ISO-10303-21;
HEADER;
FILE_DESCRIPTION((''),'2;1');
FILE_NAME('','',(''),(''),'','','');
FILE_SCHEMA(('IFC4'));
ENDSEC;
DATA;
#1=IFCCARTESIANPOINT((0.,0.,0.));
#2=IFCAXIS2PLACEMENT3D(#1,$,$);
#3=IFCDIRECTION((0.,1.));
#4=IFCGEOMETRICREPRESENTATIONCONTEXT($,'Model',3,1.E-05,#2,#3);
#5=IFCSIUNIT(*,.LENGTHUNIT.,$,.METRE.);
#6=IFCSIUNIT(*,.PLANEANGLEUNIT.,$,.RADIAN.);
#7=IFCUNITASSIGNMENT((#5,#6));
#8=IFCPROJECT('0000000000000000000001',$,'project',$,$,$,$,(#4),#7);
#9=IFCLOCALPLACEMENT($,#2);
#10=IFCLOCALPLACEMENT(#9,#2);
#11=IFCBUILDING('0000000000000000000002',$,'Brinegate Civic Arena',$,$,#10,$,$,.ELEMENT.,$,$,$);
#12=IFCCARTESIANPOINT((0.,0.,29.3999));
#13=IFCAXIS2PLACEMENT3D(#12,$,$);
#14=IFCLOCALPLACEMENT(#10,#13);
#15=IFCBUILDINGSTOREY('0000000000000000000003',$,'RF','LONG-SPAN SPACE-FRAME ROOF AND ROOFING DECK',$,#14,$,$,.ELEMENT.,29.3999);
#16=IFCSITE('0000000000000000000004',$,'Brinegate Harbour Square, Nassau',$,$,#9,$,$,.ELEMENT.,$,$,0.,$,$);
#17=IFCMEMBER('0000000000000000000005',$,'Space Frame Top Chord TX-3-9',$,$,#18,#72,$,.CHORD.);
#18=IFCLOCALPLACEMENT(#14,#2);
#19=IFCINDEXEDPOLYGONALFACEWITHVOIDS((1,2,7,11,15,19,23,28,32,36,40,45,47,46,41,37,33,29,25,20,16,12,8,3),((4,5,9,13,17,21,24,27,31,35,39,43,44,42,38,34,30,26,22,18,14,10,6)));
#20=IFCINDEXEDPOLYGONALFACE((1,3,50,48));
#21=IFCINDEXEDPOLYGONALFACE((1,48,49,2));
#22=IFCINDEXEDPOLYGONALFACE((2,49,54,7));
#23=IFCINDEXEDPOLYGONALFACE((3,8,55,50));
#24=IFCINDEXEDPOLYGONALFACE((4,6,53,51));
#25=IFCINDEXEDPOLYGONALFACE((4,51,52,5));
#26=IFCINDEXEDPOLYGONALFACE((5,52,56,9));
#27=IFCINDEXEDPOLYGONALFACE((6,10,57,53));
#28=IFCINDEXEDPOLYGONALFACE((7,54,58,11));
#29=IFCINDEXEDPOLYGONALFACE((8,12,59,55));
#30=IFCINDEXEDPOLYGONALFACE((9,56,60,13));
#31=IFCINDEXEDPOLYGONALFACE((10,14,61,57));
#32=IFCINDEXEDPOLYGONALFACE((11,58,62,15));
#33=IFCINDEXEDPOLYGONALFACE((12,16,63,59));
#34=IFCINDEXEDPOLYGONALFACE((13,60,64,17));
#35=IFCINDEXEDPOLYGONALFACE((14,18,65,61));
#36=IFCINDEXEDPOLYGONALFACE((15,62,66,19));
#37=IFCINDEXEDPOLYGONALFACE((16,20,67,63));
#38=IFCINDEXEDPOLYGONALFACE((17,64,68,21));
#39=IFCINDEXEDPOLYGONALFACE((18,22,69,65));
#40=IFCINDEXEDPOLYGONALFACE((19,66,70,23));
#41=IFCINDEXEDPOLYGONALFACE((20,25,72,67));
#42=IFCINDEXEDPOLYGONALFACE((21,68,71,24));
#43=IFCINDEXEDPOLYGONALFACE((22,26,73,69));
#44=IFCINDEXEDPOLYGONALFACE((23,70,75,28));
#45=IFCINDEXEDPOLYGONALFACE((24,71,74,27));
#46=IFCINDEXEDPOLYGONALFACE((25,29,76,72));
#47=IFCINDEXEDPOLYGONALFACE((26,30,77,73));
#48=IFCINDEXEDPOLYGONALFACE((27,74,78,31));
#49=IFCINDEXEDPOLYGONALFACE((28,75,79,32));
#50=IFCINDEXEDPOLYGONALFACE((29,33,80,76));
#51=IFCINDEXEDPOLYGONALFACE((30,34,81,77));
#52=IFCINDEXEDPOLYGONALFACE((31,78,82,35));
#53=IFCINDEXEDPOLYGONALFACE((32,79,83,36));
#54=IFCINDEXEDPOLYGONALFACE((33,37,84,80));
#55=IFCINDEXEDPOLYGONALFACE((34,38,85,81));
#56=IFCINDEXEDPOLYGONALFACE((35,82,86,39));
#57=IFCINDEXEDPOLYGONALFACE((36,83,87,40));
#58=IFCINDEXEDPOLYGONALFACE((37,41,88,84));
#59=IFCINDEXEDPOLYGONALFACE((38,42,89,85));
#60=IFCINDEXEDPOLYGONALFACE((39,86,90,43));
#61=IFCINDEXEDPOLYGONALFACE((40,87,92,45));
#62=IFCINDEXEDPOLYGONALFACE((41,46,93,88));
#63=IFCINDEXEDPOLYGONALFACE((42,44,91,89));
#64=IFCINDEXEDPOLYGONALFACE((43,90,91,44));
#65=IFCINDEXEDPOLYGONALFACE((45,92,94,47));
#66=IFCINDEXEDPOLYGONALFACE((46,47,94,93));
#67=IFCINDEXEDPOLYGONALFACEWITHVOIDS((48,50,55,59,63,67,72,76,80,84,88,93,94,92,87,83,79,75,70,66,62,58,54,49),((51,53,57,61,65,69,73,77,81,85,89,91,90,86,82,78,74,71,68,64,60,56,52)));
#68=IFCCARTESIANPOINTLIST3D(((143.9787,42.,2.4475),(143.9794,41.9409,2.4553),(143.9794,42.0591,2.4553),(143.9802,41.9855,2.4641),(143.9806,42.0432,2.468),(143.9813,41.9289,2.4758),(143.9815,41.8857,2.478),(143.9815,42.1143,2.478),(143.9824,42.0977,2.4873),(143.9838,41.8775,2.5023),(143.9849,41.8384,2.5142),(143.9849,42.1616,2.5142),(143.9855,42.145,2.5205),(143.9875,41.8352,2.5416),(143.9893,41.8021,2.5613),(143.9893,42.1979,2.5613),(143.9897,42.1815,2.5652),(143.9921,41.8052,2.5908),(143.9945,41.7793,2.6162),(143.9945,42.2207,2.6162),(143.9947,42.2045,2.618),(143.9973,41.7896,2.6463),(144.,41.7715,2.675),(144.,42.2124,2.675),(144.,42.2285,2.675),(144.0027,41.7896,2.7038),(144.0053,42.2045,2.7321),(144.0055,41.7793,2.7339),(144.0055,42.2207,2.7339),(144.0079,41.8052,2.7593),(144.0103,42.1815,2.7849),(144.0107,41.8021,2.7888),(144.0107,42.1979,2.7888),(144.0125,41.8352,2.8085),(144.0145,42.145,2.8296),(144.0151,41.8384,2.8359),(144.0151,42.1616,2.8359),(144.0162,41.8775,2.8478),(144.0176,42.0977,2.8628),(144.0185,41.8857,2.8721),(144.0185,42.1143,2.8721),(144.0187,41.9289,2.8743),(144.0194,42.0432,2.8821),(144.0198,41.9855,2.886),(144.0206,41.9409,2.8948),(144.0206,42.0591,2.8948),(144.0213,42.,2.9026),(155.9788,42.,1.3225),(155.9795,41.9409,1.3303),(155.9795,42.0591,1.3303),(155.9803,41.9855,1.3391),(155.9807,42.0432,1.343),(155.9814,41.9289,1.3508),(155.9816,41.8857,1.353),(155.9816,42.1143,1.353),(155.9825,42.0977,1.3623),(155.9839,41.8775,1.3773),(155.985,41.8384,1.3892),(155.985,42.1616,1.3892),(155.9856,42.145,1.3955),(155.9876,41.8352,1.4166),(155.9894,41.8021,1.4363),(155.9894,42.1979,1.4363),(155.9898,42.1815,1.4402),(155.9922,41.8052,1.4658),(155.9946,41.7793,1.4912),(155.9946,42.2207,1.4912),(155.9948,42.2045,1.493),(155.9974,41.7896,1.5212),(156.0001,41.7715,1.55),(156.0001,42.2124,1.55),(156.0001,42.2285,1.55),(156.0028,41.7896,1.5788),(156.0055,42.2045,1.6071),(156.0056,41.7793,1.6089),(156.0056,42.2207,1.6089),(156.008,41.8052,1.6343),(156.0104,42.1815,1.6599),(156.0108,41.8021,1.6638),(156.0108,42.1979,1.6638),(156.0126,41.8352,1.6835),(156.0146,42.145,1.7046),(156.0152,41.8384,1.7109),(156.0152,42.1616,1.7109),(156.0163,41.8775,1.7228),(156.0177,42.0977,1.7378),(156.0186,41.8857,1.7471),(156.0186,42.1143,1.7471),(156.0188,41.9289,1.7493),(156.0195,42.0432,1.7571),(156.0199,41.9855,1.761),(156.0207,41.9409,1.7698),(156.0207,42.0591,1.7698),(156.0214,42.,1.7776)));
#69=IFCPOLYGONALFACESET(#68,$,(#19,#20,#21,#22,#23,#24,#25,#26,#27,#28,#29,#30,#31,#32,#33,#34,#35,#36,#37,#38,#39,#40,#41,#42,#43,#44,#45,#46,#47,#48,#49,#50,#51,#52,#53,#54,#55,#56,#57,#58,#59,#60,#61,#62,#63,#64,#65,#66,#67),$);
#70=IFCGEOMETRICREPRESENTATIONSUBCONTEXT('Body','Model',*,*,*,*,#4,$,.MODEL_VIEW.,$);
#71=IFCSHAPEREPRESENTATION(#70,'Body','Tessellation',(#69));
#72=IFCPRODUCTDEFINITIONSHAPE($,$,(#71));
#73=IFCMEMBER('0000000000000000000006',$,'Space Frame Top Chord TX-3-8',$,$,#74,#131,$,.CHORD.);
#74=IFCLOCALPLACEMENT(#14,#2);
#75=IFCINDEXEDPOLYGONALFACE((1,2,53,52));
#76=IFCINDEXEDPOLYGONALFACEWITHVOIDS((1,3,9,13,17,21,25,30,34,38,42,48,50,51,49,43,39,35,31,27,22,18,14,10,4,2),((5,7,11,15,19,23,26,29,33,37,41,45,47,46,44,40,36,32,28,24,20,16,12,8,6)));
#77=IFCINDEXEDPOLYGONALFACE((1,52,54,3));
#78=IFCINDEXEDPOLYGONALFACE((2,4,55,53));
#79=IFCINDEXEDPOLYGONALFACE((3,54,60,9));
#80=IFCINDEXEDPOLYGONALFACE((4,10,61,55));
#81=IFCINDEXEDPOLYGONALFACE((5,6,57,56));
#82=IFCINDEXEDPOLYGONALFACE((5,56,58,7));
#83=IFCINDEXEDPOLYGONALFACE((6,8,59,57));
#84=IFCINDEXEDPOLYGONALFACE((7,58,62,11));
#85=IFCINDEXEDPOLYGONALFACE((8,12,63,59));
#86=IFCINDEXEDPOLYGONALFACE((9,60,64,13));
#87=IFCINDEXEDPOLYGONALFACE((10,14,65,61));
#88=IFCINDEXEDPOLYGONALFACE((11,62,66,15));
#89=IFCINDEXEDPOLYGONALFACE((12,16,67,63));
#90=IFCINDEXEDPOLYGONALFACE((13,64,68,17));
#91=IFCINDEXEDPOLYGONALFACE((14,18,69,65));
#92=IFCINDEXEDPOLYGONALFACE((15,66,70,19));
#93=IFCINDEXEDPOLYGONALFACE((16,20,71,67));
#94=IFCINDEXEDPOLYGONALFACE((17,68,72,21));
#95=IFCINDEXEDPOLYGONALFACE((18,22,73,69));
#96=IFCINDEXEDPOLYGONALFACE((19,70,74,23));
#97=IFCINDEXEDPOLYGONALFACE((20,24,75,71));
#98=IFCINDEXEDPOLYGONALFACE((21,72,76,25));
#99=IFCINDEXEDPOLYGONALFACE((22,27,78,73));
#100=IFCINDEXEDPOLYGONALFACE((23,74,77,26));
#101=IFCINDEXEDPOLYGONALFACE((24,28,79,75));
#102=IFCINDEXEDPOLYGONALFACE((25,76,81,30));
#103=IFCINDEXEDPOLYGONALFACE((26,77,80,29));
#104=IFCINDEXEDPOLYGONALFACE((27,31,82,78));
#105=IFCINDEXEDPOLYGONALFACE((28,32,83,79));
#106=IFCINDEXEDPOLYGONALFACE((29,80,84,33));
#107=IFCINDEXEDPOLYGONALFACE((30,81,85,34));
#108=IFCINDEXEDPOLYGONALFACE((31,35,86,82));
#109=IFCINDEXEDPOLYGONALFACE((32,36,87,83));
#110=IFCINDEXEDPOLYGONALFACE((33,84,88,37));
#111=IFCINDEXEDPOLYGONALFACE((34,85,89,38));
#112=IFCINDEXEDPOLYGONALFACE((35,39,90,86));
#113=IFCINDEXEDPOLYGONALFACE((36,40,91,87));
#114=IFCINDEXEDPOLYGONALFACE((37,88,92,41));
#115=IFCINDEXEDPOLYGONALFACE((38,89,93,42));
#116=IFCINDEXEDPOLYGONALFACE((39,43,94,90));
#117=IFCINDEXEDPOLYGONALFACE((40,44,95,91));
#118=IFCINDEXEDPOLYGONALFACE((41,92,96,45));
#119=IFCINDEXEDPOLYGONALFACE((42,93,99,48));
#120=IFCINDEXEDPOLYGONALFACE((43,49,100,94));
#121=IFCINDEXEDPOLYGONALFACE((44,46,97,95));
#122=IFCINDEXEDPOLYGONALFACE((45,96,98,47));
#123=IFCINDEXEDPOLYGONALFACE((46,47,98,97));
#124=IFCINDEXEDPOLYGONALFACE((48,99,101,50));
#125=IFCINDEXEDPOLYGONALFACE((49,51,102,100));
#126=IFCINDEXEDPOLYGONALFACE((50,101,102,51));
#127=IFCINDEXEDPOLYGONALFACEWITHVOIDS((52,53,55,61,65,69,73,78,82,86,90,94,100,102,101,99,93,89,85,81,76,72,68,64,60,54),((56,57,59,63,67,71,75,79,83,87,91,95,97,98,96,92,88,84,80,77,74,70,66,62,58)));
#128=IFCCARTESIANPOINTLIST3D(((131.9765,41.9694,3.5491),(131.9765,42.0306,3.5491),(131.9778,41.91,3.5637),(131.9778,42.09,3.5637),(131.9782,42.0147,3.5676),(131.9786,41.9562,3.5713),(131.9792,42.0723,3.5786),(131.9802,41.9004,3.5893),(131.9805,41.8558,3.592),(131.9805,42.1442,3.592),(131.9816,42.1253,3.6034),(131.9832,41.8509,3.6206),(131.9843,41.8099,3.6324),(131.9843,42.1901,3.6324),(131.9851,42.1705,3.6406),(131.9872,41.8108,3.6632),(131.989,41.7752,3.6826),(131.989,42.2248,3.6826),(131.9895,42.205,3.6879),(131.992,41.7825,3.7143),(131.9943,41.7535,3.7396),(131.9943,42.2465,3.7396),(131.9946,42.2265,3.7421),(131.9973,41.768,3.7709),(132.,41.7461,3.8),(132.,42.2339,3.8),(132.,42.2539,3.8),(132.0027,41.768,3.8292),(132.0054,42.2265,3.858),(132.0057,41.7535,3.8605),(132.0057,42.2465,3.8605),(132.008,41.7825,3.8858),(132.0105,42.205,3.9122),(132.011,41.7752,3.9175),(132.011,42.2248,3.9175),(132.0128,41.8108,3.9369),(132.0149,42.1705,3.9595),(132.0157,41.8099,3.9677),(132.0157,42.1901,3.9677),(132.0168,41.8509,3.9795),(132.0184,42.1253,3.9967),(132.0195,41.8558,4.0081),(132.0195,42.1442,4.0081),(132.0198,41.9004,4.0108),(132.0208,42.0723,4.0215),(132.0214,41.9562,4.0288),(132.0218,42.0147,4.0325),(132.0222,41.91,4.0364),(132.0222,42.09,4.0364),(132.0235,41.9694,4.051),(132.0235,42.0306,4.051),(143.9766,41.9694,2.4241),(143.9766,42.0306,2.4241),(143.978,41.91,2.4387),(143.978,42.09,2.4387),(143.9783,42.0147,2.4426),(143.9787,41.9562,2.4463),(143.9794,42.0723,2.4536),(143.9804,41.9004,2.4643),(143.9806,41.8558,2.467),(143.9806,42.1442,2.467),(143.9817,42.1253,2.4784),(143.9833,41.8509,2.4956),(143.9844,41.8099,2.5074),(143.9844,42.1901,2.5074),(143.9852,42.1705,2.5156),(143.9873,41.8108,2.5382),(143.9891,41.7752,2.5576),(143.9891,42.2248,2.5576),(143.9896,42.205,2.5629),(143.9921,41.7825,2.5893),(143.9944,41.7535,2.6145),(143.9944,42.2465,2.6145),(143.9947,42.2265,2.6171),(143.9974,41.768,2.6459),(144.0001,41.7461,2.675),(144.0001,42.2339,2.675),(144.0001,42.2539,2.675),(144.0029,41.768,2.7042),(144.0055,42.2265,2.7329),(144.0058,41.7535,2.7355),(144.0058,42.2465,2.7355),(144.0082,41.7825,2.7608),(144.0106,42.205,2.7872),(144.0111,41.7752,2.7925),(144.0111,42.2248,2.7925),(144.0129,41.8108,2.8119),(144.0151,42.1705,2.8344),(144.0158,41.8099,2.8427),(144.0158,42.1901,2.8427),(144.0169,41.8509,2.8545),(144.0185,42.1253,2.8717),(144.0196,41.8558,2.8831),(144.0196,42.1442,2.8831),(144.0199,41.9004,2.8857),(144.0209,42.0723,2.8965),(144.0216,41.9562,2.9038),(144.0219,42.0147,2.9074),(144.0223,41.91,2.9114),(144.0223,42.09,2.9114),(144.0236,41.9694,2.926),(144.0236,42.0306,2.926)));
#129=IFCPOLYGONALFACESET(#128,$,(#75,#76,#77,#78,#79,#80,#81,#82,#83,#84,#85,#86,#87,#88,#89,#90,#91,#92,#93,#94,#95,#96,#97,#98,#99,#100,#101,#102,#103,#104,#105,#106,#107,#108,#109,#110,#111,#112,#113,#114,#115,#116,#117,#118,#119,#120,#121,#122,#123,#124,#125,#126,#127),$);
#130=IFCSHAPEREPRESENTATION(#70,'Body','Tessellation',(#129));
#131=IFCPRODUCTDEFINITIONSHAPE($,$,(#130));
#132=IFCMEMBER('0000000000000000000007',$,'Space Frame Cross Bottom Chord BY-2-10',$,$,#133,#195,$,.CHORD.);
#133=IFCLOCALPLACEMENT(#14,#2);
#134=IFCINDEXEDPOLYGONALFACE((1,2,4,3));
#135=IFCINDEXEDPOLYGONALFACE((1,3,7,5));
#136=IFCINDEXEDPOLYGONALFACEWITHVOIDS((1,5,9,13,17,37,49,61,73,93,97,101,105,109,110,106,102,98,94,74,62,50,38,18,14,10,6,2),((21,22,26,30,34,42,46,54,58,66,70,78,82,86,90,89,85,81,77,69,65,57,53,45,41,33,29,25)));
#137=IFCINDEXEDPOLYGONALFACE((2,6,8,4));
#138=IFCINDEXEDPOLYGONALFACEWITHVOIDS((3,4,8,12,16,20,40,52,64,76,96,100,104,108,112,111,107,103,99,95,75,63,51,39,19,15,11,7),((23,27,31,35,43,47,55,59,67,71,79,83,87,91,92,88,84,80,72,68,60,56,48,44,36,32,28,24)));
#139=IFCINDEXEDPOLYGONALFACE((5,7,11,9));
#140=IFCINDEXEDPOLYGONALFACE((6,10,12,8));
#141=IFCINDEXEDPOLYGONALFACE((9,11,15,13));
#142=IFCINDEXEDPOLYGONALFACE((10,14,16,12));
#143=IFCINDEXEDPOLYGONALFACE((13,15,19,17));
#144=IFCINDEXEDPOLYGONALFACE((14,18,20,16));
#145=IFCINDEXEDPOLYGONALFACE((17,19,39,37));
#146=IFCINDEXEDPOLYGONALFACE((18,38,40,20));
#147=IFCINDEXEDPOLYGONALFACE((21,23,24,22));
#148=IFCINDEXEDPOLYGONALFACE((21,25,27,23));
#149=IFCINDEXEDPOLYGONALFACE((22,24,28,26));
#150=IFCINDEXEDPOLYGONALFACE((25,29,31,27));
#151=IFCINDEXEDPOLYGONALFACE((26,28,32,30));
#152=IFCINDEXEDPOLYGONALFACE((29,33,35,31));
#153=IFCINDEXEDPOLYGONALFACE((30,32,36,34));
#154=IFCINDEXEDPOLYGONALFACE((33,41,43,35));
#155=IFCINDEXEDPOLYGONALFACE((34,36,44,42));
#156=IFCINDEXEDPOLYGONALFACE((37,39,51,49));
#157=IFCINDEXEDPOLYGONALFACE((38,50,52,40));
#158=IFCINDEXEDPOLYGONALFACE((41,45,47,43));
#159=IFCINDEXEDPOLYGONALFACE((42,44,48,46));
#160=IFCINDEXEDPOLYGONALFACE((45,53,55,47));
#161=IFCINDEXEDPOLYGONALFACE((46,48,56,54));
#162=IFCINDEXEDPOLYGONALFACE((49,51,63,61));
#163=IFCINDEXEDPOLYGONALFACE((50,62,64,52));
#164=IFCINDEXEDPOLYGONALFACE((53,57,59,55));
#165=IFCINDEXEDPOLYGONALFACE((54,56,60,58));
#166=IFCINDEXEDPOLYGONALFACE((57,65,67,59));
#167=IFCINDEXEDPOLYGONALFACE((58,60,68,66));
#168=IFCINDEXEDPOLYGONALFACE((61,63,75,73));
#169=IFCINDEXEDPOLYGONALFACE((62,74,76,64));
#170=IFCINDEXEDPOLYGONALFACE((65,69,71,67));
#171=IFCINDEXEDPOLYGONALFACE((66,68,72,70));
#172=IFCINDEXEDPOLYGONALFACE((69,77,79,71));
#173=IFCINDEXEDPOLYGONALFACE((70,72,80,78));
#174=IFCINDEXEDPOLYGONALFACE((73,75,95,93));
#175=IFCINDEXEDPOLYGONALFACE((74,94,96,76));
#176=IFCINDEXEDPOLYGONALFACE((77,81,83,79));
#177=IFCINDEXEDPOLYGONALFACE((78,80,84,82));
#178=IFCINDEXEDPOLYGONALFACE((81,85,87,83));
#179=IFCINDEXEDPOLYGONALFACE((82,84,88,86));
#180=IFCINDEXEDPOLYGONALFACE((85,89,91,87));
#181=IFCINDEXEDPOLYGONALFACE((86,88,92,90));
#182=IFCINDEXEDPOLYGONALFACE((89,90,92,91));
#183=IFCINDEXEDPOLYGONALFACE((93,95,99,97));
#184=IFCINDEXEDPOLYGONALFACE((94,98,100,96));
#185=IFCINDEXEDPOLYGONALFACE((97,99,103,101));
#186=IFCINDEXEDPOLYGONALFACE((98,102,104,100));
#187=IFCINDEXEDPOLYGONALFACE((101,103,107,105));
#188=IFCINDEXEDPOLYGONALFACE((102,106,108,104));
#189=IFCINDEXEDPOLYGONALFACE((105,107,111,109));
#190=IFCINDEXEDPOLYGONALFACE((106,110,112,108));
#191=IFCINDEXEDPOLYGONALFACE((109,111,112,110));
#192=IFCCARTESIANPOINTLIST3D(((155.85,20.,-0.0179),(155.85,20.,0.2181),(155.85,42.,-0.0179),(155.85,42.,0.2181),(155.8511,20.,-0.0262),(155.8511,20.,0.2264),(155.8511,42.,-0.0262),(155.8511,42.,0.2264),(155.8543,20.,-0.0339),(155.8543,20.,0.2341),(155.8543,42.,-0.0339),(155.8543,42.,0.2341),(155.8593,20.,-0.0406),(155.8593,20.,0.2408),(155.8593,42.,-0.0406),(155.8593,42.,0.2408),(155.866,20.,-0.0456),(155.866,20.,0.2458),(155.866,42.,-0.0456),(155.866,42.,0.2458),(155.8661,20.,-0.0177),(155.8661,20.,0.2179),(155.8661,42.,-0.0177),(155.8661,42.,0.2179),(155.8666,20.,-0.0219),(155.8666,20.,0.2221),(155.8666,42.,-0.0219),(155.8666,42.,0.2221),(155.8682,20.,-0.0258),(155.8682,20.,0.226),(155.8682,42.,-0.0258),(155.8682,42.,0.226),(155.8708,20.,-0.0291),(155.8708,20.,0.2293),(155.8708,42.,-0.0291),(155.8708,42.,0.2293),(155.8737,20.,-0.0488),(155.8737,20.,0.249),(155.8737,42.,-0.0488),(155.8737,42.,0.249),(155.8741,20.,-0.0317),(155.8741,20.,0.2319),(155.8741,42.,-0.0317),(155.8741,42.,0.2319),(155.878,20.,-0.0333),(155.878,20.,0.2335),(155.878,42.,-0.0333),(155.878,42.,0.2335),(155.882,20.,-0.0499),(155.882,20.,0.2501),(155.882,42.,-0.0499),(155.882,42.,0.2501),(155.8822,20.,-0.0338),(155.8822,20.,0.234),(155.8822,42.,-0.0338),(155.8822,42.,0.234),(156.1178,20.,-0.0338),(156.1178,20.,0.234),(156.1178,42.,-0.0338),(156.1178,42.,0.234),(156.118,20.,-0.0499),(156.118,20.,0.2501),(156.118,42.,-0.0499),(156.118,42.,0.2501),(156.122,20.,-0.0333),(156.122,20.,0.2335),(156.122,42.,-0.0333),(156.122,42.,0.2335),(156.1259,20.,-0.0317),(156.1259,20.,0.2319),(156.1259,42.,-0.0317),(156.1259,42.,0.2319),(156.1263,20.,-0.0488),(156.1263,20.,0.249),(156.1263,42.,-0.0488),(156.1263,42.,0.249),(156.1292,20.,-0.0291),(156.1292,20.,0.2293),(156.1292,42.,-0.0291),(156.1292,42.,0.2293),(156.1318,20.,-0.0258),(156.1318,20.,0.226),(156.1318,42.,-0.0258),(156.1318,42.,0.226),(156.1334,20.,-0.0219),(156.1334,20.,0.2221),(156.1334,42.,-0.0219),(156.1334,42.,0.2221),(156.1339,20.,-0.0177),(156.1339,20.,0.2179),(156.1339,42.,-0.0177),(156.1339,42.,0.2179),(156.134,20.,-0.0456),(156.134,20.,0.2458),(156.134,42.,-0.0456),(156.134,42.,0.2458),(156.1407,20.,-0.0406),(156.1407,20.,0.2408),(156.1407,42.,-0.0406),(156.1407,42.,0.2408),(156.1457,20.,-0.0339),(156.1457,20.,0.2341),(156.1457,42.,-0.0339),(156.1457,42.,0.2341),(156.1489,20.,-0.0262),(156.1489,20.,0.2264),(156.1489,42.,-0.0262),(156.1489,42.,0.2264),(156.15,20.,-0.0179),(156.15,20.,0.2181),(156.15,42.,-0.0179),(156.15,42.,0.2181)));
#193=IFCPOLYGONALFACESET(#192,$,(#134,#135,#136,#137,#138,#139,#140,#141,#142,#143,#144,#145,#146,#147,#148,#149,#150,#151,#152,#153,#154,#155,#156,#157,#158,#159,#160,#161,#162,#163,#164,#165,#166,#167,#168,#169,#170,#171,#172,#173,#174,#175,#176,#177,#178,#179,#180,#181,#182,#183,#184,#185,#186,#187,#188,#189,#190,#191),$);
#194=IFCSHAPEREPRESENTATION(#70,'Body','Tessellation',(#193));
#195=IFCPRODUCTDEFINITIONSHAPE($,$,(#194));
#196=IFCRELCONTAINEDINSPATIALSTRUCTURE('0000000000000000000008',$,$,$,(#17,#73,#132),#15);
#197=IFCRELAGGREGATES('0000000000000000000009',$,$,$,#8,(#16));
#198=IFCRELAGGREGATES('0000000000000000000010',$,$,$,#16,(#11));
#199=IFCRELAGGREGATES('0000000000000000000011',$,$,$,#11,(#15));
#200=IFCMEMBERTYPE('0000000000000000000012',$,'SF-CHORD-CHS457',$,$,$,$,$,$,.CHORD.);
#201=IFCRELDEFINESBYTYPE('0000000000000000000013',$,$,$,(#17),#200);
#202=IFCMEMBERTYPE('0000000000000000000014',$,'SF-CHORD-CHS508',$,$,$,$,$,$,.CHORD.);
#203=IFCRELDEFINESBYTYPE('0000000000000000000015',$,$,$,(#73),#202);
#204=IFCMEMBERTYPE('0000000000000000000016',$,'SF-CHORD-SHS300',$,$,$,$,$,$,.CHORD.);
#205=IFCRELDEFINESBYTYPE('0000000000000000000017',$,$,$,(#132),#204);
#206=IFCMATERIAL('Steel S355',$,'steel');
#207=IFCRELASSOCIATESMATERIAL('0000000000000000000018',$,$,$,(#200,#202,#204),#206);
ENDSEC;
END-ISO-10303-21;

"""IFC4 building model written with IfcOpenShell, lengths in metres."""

from ifc_helpers import new_model, si_unit, direction, frame, origin, origin_2d, place, context, subcontext, project, spatial, hollow_rectangle, hollow_circle, extrude, material, material_profile, profile_set, type_object, element, save


model = new_model("IFC4")

# Units and contexts
model_context = context("Model", 3, precision=1e-05, world=origin(), true_north=direction((0.0, 1.0)))
body_context = subcontext(model_context, "Body", "Model", "MODEL_VIEW")
ifc_project = project(units=[si_unit("LENGTHUNIT", "METRE"), si_unit("PLANEANGLEUNIT", "RADIAN")], contexts=[model_context])

# Site, building, storey
site_placement = place(None, origin())
site = spatial("IfcSite", under=ifc_project, at=site_placement, Name="Brinegate Harbour Square, Nassau", CompositionType="ELEMENT", RefElevation=0.0)
building_placement = place(site_placement, origin())
building = spatial("IfcBuilding", under=site, at=building_placement, Name="Brinegate Civic Arena", CompositionType="ELEMENT")
storey_placement = place(building_placement, frame((0.0, 0.0, 29.3999)))
storey = spatial("IfcBuildingStorey", under=building, at=storey_placement, Name="RF", Description="LONG-SPAN SPACE-FRAME ROOF AND ROOFING DECK", CompositionType="ELEMENT", Elevation=29.3999)

# Shared definitions
ifc_material_1 = material(Name="Steel S355", Category="steel")

# Members
ifc_material_profile_1 = material_profile(ifc_material_1, hollow_circle(Radius=0.2285, WallThickness=0.0161, at=origin_2d()), Name="CHS457X16")
ifc_profile_set_1 = profile_set([ifc_material_profile_1], Name="Steel S355")
member_type_1 = type_object("IfcMemberType", Name="SF-CHORD-CHS457", PredefinedType="CHORD", material=ifc_profile_set_1)
member_1_placement = place(storey_placement, frame((144.0, 42.0, 2.675), z_axis=(0.995634, 0.0, -0.093341), x_axis=(0.0, 1.0, 0.0)))
element("IfcMember", 1, at=member_1_placement, inside=storey, type_object=member_type_1, Name="Space Frame Top Chord TX-3-9", PredefinedType="CHORD", context=body_context, shape_type="SweptSolid", body=[
    extrude(hollow_circle(Radius=0.2285, WallThickness=0.0161, at=origin_2d()), origin(), (0.0, 0.0, 1.0), 12.0527),
])
ifc_material_profile_2 = material_profile(ifc_material_1, hollow_circle(Radius=0.2539, WallThickness=0.02, at=origin_2d()), Name="CHS508X20")
ifc_profile_set_2 = profile_set([ifc_material_profile_2], Name="Steel S355")
member_type_2 = type_object("IfcMemberType", Name="SF-CHORD-CHS508", PredefinedType="CHORD", material=ifc_profile_set_2)
member_2_placement = place(storey_placement, frame((132.0, 42.0, 3.8), z_axis=(0.995634, 0.0, -0.093341), x_axis=(0.0, 1.0, 0.0)))
element("IfcMember", 2, at=member_2_placement, inside=storey, type_object=member_type_2, Name="Space Frame Top Chord TX-3-8", PredefinedType="CHORD", context=body_context, shape_type="SweptSolid", body=[
    extrude(hollow_circle(Radius=0.2539, WallThickness=0.02, at=origin_2d()), origin(), (0.0, 0.0, 1.0), 12.0527),
])
ifc_material_profile_3 = material_profile(ifc_material_1, hollow_rectangle(XDim=0.3, YDim=0.3, WallThickness=0.0161, InnerFilletRadius=0.0161, OuterFilletRadius=0.032, at=origin_2d()), Name="SHS300X16")
ifc_profile_set_3 = profile_set([ifc_material_profile_3], Name="Steel S355")
member_type_3 = type_object("IfcMemberType", Name="SF-CHORD-SHS300", PredefinedType="CHORD", material=ifc_profile_set_3)
member_3_placement = place(storey_placement, frame((156.0, 20.0, 0.1001), z_axis=(0.0, 1.0, 0.0), x_axis=(-1.0, 0.0, 0.0)))
element("IfcMember", 3, at=member_3_placement, inside=storey, type_object=member_type_3, Name="Space Frame Cross Bottom Chord BY-2-10", PredefinedType="CHORD", context=body_context, shape_type="SweptSolid", body=[
    extrude(hollow_rectangle(XDim=0.3, YDim=0.3, WallThickness=0.0161, InnerFilletRadius=0.0161, OuterFilletRadius=0.032, at=origin_2d()), origin(), (0.0, 0.0, 1.0), 22.0),
])

save(model, "model.ifc")
